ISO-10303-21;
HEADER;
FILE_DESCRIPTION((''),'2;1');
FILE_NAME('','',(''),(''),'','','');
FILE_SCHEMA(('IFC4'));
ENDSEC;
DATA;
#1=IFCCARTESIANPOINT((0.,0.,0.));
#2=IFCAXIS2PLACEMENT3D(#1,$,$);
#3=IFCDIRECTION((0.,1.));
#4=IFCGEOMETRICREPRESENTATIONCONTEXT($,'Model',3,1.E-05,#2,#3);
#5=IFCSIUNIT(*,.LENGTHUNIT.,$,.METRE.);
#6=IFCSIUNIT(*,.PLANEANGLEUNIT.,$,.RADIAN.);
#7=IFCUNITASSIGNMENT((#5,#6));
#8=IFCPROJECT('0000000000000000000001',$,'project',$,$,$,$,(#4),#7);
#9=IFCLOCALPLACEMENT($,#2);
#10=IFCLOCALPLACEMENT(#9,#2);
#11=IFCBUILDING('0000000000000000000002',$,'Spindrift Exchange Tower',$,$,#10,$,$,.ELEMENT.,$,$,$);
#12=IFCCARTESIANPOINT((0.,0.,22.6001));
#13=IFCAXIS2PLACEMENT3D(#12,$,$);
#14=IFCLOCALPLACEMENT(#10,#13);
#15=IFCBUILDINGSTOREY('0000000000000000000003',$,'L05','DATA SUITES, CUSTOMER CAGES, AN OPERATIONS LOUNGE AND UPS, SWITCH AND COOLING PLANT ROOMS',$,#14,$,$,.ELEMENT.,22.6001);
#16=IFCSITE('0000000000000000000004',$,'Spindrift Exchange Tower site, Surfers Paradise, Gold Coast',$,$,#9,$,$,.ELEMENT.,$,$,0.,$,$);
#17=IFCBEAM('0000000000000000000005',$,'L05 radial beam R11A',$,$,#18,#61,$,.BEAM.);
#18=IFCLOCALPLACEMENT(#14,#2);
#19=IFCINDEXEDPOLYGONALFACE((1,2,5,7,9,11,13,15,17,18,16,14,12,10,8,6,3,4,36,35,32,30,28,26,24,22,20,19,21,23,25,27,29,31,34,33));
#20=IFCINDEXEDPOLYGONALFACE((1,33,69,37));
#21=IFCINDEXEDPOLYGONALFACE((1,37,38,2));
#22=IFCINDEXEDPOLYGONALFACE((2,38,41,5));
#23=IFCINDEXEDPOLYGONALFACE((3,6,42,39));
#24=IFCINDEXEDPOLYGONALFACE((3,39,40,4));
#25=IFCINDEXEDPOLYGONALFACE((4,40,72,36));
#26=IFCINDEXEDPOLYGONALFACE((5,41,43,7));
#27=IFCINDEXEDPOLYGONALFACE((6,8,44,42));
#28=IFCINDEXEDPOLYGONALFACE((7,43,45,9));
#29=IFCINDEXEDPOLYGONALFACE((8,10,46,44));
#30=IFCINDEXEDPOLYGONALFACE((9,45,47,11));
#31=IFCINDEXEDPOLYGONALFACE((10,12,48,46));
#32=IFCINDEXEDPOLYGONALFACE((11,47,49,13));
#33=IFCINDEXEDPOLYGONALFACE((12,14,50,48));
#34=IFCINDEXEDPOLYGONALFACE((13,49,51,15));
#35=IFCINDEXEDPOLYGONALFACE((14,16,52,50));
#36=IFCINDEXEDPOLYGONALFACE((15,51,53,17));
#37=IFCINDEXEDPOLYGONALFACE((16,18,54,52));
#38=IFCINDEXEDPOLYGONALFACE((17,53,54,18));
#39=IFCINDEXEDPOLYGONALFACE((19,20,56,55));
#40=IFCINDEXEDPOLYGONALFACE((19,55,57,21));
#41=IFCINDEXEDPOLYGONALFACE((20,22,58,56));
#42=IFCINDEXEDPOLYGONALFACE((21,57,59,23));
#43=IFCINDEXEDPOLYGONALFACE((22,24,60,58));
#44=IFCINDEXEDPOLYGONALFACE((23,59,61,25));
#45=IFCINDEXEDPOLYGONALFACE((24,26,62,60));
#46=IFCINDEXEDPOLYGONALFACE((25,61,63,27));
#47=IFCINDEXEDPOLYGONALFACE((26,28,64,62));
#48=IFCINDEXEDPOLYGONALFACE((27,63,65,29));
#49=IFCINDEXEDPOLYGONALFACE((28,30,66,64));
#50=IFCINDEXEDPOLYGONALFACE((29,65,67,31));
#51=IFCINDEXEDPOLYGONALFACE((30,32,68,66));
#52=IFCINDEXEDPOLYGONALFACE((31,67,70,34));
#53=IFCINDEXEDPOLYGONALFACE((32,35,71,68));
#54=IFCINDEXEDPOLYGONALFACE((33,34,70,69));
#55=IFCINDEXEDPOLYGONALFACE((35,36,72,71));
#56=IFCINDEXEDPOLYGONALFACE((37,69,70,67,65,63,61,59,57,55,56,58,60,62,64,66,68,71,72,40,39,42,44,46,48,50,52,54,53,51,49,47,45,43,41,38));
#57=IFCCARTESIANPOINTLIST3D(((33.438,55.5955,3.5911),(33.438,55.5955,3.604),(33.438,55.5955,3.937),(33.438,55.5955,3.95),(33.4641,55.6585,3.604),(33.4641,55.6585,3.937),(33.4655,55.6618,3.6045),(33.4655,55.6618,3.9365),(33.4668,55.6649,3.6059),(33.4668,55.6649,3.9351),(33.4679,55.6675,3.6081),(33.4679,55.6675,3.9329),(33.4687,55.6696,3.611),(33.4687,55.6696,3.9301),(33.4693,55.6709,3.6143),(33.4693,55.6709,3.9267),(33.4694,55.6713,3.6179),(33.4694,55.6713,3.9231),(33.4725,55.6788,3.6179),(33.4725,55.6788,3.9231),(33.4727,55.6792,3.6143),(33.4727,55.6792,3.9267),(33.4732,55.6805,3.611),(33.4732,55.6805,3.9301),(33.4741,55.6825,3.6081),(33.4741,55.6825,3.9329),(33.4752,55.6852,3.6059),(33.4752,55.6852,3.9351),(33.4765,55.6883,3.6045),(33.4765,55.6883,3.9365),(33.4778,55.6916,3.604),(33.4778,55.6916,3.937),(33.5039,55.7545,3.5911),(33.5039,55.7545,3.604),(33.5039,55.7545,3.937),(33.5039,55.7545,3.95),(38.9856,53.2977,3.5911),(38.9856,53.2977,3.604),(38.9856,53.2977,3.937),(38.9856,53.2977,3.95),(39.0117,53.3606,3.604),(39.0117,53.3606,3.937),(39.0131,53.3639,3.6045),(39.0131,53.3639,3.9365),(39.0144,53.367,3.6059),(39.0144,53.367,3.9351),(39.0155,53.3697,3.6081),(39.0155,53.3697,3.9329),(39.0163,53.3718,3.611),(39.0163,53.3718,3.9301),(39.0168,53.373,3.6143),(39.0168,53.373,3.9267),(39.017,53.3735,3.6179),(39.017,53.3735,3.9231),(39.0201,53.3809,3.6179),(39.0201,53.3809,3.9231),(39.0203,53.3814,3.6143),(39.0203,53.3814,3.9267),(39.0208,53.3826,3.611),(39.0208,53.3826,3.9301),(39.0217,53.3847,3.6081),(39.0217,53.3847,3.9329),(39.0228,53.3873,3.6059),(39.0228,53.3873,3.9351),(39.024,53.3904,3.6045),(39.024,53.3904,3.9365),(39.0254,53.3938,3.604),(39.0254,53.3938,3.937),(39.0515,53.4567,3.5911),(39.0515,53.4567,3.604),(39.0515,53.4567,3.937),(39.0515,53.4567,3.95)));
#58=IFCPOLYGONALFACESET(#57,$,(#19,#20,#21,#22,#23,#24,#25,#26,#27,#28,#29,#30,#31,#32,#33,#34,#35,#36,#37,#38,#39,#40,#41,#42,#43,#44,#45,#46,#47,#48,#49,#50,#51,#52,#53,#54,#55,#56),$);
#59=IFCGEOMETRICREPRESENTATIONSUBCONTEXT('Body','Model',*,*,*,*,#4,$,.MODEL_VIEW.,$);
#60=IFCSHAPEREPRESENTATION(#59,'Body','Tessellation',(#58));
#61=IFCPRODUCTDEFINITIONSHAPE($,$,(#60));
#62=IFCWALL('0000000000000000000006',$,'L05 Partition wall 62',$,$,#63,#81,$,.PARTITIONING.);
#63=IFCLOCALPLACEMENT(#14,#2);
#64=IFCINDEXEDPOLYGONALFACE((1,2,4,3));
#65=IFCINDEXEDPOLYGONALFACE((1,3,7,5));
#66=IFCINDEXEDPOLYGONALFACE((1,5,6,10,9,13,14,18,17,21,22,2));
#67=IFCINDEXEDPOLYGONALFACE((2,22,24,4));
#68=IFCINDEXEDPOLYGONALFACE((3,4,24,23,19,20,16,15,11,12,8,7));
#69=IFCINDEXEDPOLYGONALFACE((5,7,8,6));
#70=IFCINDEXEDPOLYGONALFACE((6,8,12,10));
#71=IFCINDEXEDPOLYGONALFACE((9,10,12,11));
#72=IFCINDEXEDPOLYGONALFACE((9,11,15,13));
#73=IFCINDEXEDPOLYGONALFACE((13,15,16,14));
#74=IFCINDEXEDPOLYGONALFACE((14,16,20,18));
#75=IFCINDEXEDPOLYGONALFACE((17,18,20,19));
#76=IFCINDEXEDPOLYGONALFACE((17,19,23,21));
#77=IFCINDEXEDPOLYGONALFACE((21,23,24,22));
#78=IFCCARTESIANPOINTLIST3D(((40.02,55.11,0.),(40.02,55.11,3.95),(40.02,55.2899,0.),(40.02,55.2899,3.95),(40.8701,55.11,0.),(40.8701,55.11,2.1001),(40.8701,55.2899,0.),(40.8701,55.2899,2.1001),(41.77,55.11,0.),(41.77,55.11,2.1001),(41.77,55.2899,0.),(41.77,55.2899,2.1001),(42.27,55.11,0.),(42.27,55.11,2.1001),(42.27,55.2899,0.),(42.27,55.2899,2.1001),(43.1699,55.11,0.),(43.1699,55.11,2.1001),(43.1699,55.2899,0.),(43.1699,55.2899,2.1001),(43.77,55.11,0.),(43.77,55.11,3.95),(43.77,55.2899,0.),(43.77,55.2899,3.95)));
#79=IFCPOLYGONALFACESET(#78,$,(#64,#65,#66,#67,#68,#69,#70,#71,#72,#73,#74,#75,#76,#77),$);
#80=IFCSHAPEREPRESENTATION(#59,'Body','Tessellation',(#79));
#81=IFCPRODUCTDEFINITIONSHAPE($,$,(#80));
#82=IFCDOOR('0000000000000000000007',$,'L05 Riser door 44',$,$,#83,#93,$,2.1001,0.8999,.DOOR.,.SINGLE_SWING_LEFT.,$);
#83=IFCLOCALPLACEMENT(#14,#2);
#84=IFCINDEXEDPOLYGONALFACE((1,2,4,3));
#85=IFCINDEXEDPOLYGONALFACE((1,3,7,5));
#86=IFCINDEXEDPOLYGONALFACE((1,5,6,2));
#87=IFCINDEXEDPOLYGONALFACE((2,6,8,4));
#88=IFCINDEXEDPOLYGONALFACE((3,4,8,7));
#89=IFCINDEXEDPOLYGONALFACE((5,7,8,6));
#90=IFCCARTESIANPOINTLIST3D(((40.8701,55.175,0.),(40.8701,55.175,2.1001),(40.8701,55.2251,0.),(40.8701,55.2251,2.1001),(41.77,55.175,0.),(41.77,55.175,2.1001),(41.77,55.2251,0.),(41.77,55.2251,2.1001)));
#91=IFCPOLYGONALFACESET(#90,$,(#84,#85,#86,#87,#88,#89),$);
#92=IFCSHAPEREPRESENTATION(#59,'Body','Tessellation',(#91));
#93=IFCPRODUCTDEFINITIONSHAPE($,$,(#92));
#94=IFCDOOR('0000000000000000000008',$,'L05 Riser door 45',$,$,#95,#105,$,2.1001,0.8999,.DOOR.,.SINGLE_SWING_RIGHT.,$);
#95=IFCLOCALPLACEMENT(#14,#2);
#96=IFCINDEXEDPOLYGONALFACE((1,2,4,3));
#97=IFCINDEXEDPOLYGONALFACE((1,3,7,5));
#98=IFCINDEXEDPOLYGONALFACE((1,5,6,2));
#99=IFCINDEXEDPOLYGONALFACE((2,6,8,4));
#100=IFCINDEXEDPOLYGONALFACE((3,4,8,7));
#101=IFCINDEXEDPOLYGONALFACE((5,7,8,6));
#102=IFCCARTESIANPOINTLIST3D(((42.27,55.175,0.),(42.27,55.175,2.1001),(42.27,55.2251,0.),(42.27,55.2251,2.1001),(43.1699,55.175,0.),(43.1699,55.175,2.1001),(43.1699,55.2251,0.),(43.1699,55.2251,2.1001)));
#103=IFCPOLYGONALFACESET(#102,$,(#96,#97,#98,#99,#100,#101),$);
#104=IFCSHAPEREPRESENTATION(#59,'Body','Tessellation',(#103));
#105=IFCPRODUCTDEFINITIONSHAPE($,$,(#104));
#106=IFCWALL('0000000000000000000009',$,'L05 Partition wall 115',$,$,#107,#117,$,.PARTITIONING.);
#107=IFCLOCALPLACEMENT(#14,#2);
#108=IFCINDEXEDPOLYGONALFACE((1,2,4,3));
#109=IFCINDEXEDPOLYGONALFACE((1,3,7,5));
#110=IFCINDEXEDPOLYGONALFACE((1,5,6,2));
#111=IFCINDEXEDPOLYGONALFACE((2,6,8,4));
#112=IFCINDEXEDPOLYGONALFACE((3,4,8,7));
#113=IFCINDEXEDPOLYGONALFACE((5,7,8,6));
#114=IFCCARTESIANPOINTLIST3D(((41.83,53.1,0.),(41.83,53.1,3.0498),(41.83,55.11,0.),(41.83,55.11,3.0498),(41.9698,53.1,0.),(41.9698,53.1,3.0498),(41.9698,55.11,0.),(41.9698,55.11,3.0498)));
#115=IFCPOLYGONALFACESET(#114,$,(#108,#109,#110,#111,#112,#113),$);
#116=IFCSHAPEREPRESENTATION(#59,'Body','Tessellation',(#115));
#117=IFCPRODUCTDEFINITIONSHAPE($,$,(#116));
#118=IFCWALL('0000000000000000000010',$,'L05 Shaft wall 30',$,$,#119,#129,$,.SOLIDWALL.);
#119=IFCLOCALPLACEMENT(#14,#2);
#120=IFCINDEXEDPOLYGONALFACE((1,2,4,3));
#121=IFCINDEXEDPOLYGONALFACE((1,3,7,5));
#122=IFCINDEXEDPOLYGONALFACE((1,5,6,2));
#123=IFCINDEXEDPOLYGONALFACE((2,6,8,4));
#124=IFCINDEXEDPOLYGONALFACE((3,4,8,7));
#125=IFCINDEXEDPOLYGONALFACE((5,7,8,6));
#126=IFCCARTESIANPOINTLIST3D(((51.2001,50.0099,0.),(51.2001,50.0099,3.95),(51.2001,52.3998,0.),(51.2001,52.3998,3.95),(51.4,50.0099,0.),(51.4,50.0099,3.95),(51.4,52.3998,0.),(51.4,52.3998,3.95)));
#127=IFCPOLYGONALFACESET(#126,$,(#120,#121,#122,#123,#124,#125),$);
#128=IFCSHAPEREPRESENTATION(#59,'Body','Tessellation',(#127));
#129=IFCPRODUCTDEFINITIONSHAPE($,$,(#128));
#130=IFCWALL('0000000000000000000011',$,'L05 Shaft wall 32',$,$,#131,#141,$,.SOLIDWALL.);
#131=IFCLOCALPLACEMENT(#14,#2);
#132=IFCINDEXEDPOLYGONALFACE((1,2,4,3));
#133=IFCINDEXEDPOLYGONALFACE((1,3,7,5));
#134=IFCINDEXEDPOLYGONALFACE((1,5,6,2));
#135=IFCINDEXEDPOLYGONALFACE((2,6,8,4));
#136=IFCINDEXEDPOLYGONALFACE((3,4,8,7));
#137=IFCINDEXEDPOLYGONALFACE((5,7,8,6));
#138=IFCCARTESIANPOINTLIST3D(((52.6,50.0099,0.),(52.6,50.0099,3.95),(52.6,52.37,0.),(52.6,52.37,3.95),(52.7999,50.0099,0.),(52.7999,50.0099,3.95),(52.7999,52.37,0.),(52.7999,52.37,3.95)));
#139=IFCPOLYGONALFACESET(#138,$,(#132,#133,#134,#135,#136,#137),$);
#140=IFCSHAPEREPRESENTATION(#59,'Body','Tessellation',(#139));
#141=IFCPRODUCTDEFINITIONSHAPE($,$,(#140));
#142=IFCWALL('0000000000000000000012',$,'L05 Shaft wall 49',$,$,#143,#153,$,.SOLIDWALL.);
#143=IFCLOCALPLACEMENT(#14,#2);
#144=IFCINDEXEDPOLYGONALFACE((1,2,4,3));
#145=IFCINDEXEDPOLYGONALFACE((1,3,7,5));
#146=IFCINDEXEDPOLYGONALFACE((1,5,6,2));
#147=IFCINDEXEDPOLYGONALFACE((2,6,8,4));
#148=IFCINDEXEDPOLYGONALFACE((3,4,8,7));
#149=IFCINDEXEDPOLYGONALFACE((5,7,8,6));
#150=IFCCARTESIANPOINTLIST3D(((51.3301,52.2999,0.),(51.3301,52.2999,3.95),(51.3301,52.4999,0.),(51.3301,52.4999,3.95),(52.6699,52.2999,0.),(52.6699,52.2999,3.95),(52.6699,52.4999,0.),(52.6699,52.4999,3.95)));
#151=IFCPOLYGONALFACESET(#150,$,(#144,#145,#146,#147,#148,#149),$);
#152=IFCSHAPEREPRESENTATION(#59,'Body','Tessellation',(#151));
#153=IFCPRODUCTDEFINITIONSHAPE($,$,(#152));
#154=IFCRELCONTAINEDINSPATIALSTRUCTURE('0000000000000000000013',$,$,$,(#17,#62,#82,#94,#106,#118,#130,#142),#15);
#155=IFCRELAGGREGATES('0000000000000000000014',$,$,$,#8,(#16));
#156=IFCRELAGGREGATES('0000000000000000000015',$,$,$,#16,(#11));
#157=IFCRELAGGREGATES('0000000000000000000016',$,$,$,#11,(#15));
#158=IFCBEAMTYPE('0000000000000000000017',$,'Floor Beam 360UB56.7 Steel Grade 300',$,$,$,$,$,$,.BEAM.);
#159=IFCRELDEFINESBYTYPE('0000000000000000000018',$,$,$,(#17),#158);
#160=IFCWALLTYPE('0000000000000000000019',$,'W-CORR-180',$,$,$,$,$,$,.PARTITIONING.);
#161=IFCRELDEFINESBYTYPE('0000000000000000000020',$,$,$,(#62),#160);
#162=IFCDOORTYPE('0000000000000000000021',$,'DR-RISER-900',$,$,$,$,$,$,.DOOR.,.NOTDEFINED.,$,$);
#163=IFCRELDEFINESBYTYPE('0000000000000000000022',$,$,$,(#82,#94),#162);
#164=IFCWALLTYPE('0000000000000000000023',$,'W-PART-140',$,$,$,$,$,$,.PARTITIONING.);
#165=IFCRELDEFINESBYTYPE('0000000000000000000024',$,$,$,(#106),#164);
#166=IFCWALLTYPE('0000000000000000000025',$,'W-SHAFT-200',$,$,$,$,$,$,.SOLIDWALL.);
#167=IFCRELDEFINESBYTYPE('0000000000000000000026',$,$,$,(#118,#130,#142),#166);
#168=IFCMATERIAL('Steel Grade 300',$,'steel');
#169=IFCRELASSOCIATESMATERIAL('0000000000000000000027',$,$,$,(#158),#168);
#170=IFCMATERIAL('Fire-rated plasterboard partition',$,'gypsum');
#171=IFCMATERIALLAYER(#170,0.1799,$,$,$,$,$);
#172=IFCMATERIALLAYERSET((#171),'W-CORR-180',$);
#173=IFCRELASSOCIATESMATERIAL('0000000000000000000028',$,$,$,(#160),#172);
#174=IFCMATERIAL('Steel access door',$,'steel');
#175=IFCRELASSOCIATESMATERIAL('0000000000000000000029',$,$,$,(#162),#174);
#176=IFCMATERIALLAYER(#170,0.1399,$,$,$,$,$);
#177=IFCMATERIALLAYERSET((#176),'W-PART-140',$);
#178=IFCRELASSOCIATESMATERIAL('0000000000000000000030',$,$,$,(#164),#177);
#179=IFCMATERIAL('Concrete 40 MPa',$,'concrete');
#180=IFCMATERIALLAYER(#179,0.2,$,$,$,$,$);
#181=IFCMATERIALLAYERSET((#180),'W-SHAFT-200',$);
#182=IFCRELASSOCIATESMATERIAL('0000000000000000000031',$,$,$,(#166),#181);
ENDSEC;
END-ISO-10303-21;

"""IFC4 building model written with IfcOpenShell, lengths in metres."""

from ifc_helpers import new_model, si_unit, direction, frame, frame_2d, origin, origin_2d, place, context, subcontext, project, spatial, rectangle, i_section, extrude, source, transform, mapped, material, layer, layer_set, material_profile, profile_set, type_object, element, fill, save


model = new_model("IFC4")

# Units and contexts
model_context = context("Model", 3, precision=1e-05, world=origin(), true_north=direction((0.0, 1.0)))
body_context = subcontext(model_context, "Body", "Model", "MODEL_VIEW")
ifc_project = project(units=[si_unit("LENGTHUNIT", "METRE"), si_unit("PLANEANGLEUNIT", "RADIAN")], contexts=[model_context])

# Site, building, storey
site_placement = place(None, origin())
site = spatial("IfcSite", under=ifc_project, at=site_placement, Name="Spindrift Exchange Tower site, Surfers Paradise, Gold Coast", CompositionType="ELEMENT", RefElevation=0.0)
building_placement = place(site_placement, origin())
building = spatial("IfcBuilding", under=site, at=building_placement, Name="Spindrift Exchange Tower", CompositionType="ELEMENT")
storey_placement = place(building_placement, frame((0.0, 0.0, 22.6001)))
storey = spatial("IfcBuildingStorey", under=building, at=storey_placement, Name="L05", Description="DATA SUITES, CUSTOMER CAGES, AN OPERATIONS LOUNGE AND UPS, SWITCH AND COOLING PLANT ROOMS", CompositionType="ELEMENT", Elevation=22.6001)

# Beam
ifc_material_1 = material(Name="Steel Grade 300", Category="steel")
ifc_material_profile_1 = material_profile(ifc_material_1, i_section(OverallWidth=0.1721, OverallDepth=0.3589, WebThickness=0.0081, FlangeThickness=0.0129, FilletRadius=0.0139, at=origin_2d()), Name="360UB56.7")
ifc_profile_set_1 = profile_set([ifc_material_profile_1], Name="Steel Grade 300")
beam_type_1 = type_object("IfcBeamType", Name="Floor Beam 360UB56.7 Steel Grade 300", PredefinedType="BEAM", material=ifc_profile_set_1)
shared_shape_1 = source(origin(), body_context, "Body", "SweptSolid", [
    extrude(i_section(OverallWidth=0.1721, OverallDepth=0.3589, WebThickness=0.0081, FlangeThickness=0.0129, FilletRadius=0.0139, at=origin_2d()), origin(), (0.0, 0.0, 1.0), 6.0046),
])
beam_1_placement = place(storey_placement, frame((39.0186, 53.3772, 3.7705), z_axis=(-0.923882, 0.382677, 0.0), x_axis=(-0.382677, -0.923882, 0.0)))
element("IfcBeam", 1, at=beam_1_placement, inside=storey, type_object=beam_type_1, Name="L05 radial beam R11A", PredefinedType="BEAM", context=body_context, shape_type="MappedRepresentation", body=[
    mapped(shared_shape_1, transform((0.0, 0.0, 0.0), scale=1.0)),
])

# Wall, openings, doors
ifc_material_2 = material(Name="Fire-rated plasterboard partition", Category="gypsum")
ifc_layer_1 = layer(ifc_material_2, 0.1799)
ifc_layer_set_1 = layer_set([ifc_layer_1], Name="W-CORR-180")
wall_type_1 = type_object("IfcWallType", Name="W-CORR-180", PredefinedType="PARTITIONING", material=ifc_layer_set_1)
wall_1_placement = place(storey_placement, frame((43.77, 55.2, 0.0), z_axis=(0.0, 0.0, 1.0), x_axis=(-1.0, 0.0, 0.0)))
wall_1 = element("IfcWall", 2, at=wall_1_placement, inside=storey, type_object=wall_type_1, Name="L05 Partition wall 62", PredefinedType="PARTITIONING", context=body_context, shape_type="SweptSolid", body=[
    extrude(rectangle(XDim=3.75, YDim=0.1799, at=frame_2d((1.875, 0.0))), origin(), (0.0, 0.0, 1.0), 3.95),
])
opening_1_placement = place(wall_1_placement, frame((2.0, 0.0, 0.0)))
opening_1 = element("IfcOpeningElement", 3, at=opening_1_placement, cuts=wall_1, PredefinedType="OPENING", context=body_context, shape_type="SweptSolid", body=[
    extrude(rectangle(XDim=0.8999, YDim=2.1001, at=frame_2d((0.45, 1.05))), frame((0.0, 0.0999, 0.0), z_axis=(0.0, -1.0, 0.0), x_axis=(1.0, 0.0, 0.0)), (0.0, 0.0, 1.0), 0.2),
])
opening_2_placement = place(wall_1_placement, frame((0.6001, 0.0, 0.0)))
opening_2 = element("IfcOpeningElement", 4, at=opening_2_placement, cuts=wall_1, PredefinedType="OPENING", context=body_context, shape_type="SweptSolid", body=[
    extrude(rectangle(XDim=0.8999, YDim=2.1001, at=frame_2d((0.45, 1.05))), frame((0.0, 0.0999, 0.0), z_axis=(0.0, -1.0, 0.0), x_axis=(1.0, 0.0, 0.0)), (0.0, 0.0, 1.0), 0.2),
])
ifc_material_3 = material(Name="Steel access door", Category="steel")
door_type_1 = type_object("IfcDoorType", Name="DR-RISER-900", OperationType="NOTDEFINED", PredefinedType="DOOR", material=ifc_material_3)
shared_shape_2 = source(origin(), body_context, "Body", "SweptSolid", [
    extrude(rectangle(XDim=0.8999, YDim=2.1001, at=frame_2d((0.45, 1.05))), frame((0.0, 0.0249, 0.0), z_axis=(0.0, -1.0, 0.0), x_axis=(1.0, 0.0, 0.0)), (0.0, 0.0, 1.0), 0.05),
])
door_1_placement = place(opening_1_placement, origin())
door_1 = element("IfcDoor", 5, at=door_1_placement, inside=storey, type_object=door_type_1, Name="L05 Riser door 44", OperationType="SINGLE_SWING_LEFT", OverallHeight=2.1001, OverallWidth=0.8999, PredefinedType="DOOR", context=body_context, shape_type="MappedRepresentation", body=[
    mapped(shared_shape_2, transform((0.0, 0.0, 0.0), scale=1.0)),
])
fill(opening_1, door_1)
door_2_placement = place(opening_2_placement, origin())
door_2 = element("IfcDoor", 6, at=door_2_placement, inside=storey, type_object=door_type_1, Name="L05 Riser door 45", OperationType="SINGLE_SWING_RIGHT", OverallHeight=2.1001, OverallWidth=0.8999, PredefinedType="DOOR", context=body_context, shape_type="MappedRepresentation", body=[
    mapped(shared_shape_2, transform((0.0, 0.0, 0.0), scale=1.0)),
])
fill(opening_2, door_2)

# Walls
ifc_layer_2 = layer(ifc_material_2, 0.1399)
ifc_layer_set_2 = layer_set([ifc_layer_2], Name="W-PART-140")
wall_type_2 = type_object("IfcWallType", Name="W-PART-140", PredefinedType="PARTITIONING", material=ifc_layer_set_2)
wall_2_placement = place(storey_placement, frame((41.8999, 53.1001, 0.0), z_axis=(0.0, 0.0, 1.0), x_axis=(0.0, 1.0, 0.0)))
element("IfcWall", 7, at=wall_2_placement, inside=storey, type_object=wall_type_2, Name="L05 Partition wall 115", PredefinedType="PARTITIONING", context=body_context, shape_type="SweptSolid", body=[
    extrude(rectangle(XDim=2.01, YDim=0.1399, at=frame_2d((1.0049, 0.0))), origin(), (0.0, 0.0, 1.0), 3.0498),
])
ifc_material_4 = material(Name="Concrete 40 MPa", Category="concrete")
ifc_layer_3 = layer(ifc_material_4, 0.2)
ifc_layer_set_3 = layer_set([ifc_layer_3], Name="W-SHAFT-200")
wall_type_3 = type_object("IfcWallType", Name="W-SHAFT-200", PredefinedType="SOLIDWALL", material=ifc_layer_set_3)
wall_3_placement = place(storey_placement, frame((51.3, 50.01, 0.0), z_axis=(0.0, 0.0, 1.0), x_axis=(0.0, 1.0, 0.0)))
element("IfcWall", 8, at=wall_3_placement, inside=storey, type_object=wall_type_3, Name="L05 Shaft wall 30", PredefinedType="SOLIDWALL", context=body_context, shape_type="SweptSolid", body=[
    extrude(rectangle(XDim=2.3899, YDim=0.2, at=frame_2d((1.1948, 0.0))), origin(), (0.0, 0.0, 1.0), 3.95),
])
wall_4_placement = place(storey_placement, frame((52.7, 52.3701, 0.0), z_axis=(0.0, 0.0, 1.0), x_axis=(0.0, -1.0, 0.0)))
element("IfcWall", 9, at=wall_4_placement, inside=storey, type_object=wall_type_3, Name="L05 Shaft wall 32", PredefinedType="SOLIDWALL", context=body_context, shape_type="SweptSolid", body=[
    extrude(rectangle(XDim=2.3601, YDim=0.2, at=frame_2d((1.1802, 0.0))), origin(), (0.0, 0.0, 1.0), 3.95),
])
wall_5_placement = place(storey_placement, frame((51.3301, 52.3999, 0.0), z_axis=(0.0, 0.0, 1.0), x_axis=(1.0, 0.0, 0.0)))
element("IfcWall", 10, at=wall_5_placement, inside=storey, type_object=wall_type_3, Name="L05 Shaft wall 49", PredefinedType="SOLIDWALL", context=body_context, shape_type="SweptSolid", body=[
    extrude(rectangle(XDim=1.3398, YDim=0.2, at=frame_2d((0.6699, 0.0))), origin(), (0.0, 0.0, 1.0), 3.95),
])

save(model, "model.ifc")
